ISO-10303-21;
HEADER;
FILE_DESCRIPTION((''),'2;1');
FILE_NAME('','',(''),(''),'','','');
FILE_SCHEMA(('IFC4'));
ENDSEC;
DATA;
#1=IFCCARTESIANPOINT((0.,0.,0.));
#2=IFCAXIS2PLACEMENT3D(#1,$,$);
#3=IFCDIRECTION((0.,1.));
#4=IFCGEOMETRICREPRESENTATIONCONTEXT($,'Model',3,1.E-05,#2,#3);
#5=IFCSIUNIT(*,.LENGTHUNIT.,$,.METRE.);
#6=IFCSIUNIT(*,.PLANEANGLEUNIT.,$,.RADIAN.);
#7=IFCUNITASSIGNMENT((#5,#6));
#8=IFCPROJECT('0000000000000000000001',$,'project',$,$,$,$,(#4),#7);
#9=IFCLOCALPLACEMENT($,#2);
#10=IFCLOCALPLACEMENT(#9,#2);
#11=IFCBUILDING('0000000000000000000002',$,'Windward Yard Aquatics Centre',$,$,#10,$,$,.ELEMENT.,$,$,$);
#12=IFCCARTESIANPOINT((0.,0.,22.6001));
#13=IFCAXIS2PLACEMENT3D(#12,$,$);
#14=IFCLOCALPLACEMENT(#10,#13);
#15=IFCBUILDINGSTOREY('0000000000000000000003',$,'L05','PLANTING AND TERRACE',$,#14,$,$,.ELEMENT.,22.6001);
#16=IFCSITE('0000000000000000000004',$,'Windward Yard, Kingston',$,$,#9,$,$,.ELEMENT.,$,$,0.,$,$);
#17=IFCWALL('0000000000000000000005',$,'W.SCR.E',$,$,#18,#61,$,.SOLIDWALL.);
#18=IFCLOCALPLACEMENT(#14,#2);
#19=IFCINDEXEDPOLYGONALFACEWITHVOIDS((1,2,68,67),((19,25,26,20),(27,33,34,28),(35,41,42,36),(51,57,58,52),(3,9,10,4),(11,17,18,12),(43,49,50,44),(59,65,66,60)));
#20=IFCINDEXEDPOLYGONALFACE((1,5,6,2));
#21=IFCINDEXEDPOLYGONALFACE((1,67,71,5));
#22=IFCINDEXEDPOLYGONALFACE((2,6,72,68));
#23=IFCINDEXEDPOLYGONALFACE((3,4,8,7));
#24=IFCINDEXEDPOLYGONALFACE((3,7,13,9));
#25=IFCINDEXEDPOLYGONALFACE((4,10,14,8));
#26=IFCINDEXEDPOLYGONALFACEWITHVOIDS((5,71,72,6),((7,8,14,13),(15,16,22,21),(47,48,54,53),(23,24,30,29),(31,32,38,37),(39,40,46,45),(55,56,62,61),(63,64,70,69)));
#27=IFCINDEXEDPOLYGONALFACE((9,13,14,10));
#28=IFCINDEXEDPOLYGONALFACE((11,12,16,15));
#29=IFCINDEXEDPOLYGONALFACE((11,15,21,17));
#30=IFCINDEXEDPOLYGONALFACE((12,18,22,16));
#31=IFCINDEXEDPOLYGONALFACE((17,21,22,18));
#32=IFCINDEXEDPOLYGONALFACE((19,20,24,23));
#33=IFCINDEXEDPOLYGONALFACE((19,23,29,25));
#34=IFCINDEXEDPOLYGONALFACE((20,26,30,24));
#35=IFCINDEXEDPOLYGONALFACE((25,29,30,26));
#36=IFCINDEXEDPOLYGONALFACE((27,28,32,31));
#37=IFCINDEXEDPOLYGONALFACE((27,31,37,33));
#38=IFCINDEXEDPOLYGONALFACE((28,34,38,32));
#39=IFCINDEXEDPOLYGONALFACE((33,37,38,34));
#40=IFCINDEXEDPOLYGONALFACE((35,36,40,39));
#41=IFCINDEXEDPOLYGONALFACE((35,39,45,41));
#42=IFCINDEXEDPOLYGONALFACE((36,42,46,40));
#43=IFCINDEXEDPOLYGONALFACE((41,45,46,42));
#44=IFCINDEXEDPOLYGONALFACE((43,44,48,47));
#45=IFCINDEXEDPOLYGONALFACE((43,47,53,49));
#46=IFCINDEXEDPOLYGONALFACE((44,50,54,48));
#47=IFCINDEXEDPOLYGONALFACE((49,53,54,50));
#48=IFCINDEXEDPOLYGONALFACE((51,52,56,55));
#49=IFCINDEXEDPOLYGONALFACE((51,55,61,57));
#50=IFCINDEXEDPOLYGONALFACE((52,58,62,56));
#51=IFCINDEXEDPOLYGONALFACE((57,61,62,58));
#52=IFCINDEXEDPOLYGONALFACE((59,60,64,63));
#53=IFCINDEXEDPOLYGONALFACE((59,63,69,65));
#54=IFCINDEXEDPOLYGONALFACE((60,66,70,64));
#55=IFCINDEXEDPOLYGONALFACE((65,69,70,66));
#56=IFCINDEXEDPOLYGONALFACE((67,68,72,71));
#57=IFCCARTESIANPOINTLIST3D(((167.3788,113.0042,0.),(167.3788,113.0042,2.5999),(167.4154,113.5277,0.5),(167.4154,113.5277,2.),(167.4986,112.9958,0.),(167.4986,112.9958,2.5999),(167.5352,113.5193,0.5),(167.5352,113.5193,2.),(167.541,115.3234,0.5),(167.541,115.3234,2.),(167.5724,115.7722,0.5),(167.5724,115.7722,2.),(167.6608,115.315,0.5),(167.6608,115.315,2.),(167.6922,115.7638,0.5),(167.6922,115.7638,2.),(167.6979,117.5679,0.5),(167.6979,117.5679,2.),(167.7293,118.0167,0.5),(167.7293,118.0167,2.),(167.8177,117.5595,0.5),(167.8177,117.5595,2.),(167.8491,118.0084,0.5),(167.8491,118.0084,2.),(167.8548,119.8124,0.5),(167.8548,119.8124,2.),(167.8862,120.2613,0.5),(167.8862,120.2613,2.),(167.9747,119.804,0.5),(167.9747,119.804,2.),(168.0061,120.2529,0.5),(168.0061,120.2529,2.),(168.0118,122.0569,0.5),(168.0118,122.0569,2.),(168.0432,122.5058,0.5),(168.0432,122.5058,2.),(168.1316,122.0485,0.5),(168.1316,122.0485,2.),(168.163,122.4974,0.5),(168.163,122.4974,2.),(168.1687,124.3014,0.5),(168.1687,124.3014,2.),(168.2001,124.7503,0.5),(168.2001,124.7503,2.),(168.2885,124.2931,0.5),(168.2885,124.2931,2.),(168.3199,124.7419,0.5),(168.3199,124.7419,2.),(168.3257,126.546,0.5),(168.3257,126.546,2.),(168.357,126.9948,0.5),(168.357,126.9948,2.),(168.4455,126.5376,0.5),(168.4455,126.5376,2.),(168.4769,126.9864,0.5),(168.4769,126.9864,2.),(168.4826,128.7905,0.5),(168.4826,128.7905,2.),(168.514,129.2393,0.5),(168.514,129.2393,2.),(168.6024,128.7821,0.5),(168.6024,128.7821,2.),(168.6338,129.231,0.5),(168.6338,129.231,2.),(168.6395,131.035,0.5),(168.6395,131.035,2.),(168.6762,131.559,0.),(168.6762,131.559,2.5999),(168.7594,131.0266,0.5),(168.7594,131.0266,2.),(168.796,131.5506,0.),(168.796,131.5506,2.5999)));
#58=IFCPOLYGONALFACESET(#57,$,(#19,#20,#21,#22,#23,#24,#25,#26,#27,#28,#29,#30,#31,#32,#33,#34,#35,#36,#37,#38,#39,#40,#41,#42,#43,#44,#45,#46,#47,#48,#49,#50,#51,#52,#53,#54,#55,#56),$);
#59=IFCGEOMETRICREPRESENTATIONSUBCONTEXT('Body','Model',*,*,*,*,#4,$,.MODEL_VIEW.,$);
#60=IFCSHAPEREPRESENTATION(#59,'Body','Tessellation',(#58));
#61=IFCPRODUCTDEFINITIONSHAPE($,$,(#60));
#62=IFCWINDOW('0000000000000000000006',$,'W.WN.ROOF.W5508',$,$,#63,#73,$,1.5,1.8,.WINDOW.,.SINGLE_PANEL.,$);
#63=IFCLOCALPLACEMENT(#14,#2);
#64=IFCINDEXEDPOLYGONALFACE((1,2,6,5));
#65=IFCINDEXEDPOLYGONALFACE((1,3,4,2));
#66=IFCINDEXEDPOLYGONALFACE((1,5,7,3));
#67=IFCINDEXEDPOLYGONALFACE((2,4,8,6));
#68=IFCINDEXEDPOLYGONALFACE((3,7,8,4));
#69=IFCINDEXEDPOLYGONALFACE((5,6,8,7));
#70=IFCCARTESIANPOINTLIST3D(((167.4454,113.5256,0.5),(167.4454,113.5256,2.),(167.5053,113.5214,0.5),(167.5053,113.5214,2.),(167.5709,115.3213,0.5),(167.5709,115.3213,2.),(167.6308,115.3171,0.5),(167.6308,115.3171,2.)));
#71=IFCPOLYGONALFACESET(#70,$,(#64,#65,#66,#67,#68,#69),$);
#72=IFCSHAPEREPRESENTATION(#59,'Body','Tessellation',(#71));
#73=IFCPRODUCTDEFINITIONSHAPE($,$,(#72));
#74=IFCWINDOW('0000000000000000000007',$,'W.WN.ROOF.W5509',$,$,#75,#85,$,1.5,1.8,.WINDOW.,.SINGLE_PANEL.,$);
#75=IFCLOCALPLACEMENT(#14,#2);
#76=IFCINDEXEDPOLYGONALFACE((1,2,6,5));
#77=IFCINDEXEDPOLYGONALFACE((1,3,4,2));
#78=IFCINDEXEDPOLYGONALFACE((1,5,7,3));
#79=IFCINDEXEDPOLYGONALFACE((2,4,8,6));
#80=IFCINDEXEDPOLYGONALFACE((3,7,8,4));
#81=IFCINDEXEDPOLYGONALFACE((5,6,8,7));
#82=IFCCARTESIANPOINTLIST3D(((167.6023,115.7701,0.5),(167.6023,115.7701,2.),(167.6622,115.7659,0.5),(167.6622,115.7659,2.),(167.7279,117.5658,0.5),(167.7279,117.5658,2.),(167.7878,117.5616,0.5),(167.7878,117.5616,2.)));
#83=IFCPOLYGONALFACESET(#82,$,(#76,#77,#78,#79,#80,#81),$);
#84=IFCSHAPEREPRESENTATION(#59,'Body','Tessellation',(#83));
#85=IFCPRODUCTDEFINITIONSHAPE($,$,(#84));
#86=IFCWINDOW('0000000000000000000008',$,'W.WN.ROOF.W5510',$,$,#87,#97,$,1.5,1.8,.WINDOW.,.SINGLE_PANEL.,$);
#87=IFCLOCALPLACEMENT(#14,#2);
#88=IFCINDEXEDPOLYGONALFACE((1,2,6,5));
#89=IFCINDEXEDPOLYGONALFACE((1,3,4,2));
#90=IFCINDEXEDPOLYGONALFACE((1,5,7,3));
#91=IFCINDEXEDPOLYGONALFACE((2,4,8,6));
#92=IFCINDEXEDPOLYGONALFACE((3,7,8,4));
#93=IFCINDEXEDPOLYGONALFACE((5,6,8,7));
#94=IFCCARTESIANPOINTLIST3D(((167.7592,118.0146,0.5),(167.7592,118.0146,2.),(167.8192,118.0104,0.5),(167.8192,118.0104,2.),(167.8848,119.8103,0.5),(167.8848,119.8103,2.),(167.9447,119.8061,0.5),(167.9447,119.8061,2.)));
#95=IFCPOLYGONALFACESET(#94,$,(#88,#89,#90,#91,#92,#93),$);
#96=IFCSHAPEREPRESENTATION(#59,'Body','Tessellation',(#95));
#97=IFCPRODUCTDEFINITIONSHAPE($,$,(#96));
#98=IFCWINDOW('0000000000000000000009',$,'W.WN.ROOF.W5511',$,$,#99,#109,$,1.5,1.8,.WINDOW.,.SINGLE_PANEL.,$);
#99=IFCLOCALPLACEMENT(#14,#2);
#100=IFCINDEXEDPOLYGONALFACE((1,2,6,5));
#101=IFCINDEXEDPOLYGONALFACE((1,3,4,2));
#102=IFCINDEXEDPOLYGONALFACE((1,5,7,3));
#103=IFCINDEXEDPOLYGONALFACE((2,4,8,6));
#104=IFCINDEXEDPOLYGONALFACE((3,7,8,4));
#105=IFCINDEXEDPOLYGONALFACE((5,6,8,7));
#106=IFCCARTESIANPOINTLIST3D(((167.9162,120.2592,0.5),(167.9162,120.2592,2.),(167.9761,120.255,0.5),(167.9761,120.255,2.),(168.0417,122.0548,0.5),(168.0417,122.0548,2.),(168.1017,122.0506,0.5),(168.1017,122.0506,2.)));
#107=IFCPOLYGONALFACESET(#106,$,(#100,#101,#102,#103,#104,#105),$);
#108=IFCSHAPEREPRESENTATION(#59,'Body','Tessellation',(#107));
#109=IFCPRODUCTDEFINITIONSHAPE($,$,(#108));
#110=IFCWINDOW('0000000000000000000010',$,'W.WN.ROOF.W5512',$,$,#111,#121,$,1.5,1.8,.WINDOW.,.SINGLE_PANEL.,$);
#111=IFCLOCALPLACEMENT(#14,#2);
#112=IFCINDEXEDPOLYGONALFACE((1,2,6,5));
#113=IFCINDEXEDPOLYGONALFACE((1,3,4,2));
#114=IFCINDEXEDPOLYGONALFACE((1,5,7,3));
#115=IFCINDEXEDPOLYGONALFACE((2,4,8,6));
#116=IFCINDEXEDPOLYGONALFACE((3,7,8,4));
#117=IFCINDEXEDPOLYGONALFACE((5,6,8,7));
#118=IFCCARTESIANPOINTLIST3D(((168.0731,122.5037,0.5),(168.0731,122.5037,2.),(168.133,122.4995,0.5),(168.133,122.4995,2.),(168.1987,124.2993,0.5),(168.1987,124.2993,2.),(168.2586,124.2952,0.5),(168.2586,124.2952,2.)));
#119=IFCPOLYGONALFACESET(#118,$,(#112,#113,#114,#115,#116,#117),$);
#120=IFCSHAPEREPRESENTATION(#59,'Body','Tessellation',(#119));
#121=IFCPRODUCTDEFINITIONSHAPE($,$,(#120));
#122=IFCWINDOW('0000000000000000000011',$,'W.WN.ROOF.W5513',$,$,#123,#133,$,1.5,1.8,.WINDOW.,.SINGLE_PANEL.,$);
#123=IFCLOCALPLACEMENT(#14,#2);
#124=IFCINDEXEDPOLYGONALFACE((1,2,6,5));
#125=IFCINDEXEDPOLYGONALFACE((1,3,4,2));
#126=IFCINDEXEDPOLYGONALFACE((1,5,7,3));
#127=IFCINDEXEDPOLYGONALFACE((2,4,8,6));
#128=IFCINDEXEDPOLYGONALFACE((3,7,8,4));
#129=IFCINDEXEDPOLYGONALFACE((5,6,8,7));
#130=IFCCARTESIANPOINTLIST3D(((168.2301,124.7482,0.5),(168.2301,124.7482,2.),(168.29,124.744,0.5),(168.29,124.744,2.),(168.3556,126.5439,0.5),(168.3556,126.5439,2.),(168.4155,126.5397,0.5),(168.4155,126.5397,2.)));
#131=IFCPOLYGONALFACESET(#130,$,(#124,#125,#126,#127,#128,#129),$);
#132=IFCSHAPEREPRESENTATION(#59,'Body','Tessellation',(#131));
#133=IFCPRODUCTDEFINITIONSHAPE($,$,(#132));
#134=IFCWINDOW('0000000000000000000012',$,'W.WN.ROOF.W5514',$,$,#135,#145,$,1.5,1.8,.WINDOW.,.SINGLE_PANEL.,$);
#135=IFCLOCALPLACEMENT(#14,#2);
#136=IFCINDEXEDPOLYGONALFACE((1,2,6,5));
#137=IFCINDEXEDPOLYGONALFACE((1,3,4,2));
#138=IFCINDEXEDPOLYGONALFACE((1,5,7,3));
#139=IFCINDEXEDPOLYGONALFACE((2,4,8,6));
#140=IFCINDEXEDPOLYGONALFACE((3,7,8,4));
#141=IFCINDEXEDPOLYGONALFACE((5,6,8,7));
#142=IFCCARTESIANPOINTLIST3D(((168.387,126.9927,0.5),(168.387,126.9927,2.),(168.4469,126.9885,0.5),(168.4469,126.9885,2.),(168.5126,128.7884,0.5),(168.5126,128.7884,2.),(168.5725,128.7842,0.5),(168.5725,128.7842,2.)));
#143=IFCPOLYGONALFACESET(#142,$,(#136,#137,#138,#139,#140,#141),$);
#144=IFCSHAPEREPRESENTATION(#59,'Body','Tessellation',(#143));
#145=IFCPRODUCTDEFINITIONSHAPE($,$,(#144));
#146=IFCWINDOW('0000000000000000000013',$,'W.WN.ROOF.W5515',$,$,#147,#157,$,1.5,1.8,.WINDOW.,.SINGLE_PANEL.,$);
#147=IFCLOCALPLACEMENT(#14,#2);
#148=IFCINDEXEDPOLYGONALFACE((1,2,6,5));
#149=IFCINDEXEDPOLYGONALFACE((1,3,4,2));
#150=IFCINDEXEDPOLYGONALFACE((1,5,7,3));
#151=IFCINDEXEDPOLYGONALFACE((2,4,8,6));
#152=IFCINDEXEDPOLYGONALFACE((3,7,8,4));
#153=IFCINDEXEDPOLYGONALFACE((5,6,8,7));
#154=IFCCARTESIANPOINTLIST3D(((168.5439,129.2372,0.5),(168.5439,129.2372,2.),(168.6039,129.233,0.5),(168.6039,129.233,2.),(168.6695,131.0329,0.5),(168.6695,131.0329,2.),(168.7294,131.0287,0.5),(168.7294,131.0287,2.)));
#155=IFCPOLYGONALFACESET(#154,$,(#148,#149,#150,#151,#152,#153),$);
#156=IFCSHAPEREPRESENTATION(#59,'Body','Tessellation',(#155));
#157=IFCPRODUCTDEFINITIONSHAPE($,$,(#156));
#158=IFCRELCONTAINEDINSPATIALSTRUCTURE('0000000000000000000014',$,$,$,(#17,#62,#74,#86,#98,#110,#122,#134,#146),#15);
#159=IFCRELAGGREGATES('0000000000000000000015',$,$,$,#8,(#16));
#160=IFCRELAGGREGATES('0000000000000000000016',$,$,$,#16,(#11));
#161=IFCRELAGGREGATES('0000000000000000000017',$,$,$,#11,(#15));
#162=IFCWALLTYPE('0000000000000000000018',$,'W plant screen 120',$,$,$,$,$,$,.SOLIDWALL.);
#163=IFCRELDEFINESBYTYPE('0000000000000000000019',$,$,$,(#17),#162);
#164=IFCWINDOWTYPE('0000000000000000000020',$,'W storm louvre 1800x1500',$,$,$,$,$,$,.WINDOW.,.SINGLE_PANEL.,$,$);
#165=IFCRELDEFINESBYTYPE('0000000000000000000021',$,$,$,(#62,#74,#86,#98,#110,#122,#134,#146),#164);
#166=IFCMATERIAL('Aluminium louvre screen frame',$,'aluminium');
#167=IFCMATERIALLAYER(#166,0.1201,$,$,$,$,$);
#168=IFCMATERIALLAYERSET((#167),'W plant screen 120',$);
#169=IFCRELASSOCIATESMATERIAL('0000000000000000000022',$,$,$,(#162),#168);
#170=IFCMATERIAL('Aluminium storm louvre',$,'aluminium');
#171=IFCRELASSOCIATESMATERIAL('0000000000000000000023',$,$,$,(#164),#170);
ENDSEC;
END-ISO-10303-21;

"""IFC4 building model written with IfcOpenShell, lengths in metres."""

from ifc_helpers import new_model, si_unit, direction, frame, frame_2d, origin, place, context, subcontext, project, spatial, rectangle, extrude, material, layer, layer_set, type_object, element, fill, save


model = new_model("IFC4")

# Units and contexts
model_context = context("Model", 3, precision=1e-05, world=origin(), true_north=direction((0.0, 1.0)))
body_context = subcontext(model_context, "Body", "Model", "MODEL_VIEW")
ifc_project = project(units=[si_unit("LENGTHUNIT", "METRE"), si_unit("PLANEANGLEUNIT", "RADIAN")], contexts=[model_context])

# Site, building, storey
site_placement = place(None, origin())
site = spatial("IfcSite", under=ifc_project, at=site_placement, Name="Windward Yard, Kingston", CompositionType="ELEMENT", RefElevation=0.0)
building_placement = place(site_placement, origin())
building = spatial("IfcBuilding", under=site, at=building_placement, Name="Windward Yard Aquatics Centre", CompositionType="ELEMENT")
storey_placement = place(building_placement, frame((0.0, 0.0, 22.6001)))
storey = spatial("IfcBuildingStorey", under=building, at=storey_placement, Name="L05", Description="PLANTING AND TERRACE", CompositionType="ELEMENT", Elevation=22.6001)

# Wall, openings, windows
ifc_material_1 = material(Name="Aluminium louvre screen frame", Category="aluminium")
ifc_layer_1 = layer(ifc_material_1, 0.1201)
ifc_layer_set_1 = layer_set([ifc_layer_1], Name="W plant screen 120")
wall_type_1 = type_object("IfcWallType", Name="W plant screen 120", PredefinedType="SOLIDWALL", material=ifc_layer_set_1)
wall_1_placement = place(storey_placement, frame((167.4387, 113.0, 0.0), z_axis=(0.0, 0.0, 1.0), x_axis=(0.069751, 0.997564, 0.0)))
wall_1 = element("IfcWall", 1, at=wall_1_placement, inside=storey, type_object=wall_type_1, Name="W.SCR.E", PredefinedType="SOLIDWALL", context=body_context, shape_type="SweptSolid", body=[
    extrude(rectangle(XDim=18.6001, YDim=0.1201, at=frame_2d((9.3, 0.0))), origin(), (0.0, 0.0, 1.0), 2.5999),
])
opening_1_placement = place(wall_1_placement, frame((0.5249, 0.0, 0.5)))
opening_1 = element("IfcOpeningElement", 2, at=opening_1_placement, cuts=wall_1, PredefinedType="OPENING", context=body_context, shape_type="SweptSolid", body=[
    extrude(rectangle(XDim=1.8, YDim=1.5, at=frame_2d((0.8999, 0.75))), frame((0.0, 0.0701, 0.0), z_axis=(0.0, -1.0, 0.0), x_axis=(1.0, 0.0, 0.0)), (0.0, 0.0, 1.0), 0.1401),
])
opening_2_placement = place(wall_1_placement, frame((2.7749, 0.0, 0.5)))
opening_2 = element("IfcOpeningElement", 3, at=opening_2_placement, cuts=wall_1, PredefinedType="OPENING", context=body_context, shape_type="SweptSolid", body=[
    extrude(rectangle(XDim=1.8, YDim=1.5, at=frame_2d((0.8999, 0.75))), frame((0.0, 0.0701, 0.0), z_axis=(0.0, -1.0, 0.0), x_axis=(1.0, 0.0, 0.0)), (0.0, 0.0, 1.0), 0.1401),
])
opening_3_placement = place(wall_1_placement, frame((5.0249, 0.0, 0.5)))
opening_3 = element("IfcOpeningElement", 4, at=opening_3_placement, cuts=wall_1, PredefinedType="OPENING", context=body_context, shape_type="SweptSolid", body=[
    extrude(rectangle(XDim=1.8, YDim=1.5, at=frame_2d((0.8999, 0.75))), frame((0.0, 0.0701, 0.0), z_axis=(0.0, -1.0, 0.0), x_axis=(1.0, 0.0, 0.0)), (0.0, 0.0, 1.0), 0.1401),
])
opening_4_placement = place(wall_1_placement, frame((7.2749, 0.0, 0.5)))
opening_4 = element("IfcOpeningElement", 5, at=opening_4_placement, cuts=wall_1, PredefinedType="OPENING", context=body_context, shape_type="SweptSolid", body=[
    extrude(rectangle(XDim=1.8, YDim=1.5, at=frame_2d((0.8999, 0.75))), frame((0.0, 0.0701, 0.0), z_axis=(0.0, -1.0, 0.0), x_axis=(1.0, 0.0, 0.0)), (0.0, 0.0, 1.0), 0.1401),
])
opening_5_placement = place(wall_1_placement, frame((9.5249, 0.0, 0.5)))
opening_5 = element("IfcOpeningElement", 6, at=opening_5_placement, cuts=wall_1, PredefinedType="OPENING", context=body_context, shape_type="SweptSolid", body=[
    extrude(rectangle(XDim=1.8, YDim=1.5, at=frame_2d((0.8999, 0.75))), frame((0.0, 0.0701, 0.0), z_axis=(0.0, -1.0, 0.0), x_axis=(1.0, 0.0, 0.0)), (0.0, 0.0, 1.0), 0.1401),
])
opening_6_placement = place(wall_1_placement, frame((11.7749, 0.0, 0.5)))
opening_6 = element("IfcOpeningElement", 7, at=opening_6_placement, cuts=wall_1, PredefinedType="OPENING", context=body_context, shape_type="SweptSolid", body=[
    extrude(rectangle(XDim=1.8, YDim=1.5, at=frame_2d((0.8999, 0.75))), frame((0.0, 0.0701, 0.0), z_axis=(0.0, -1.0, 0.0), x_axis=(1.0, 0.0, 0.0)), (0.0, 0.0, 1.0), 0.1401),
])
opening_7_placement = place(wall_1_placement, frame((14.0249, 0.0, 0.5)))
opening_7 = element("IfcOpeningElement", 8, at=opening_7_placement, cuts=wall_1, PredefinedType="OPENING", context=body_context, shape_type="SweptSolid", body=[
    extrude(rectangle(XDim=1.8, YDim=1.5, at=frame_2d((0.8999, 0.75))), frame((0.0, 0.0701, 0.0), z_axis=(0.0, -1.0, 0.0), x_axis=(1.0, 0.0, 0.0)), (0.0, 0.0, 1.0), 0.1401),
])
opening_8_placement = place(wall_1_placement, frame((16.2749, 0.0, 0.5)))
opening_8 = element("IfcOpeningElement", 9, at=opening_8_placement, cuts=wall_1, PredefinedType="OPENING", context=body_context, shape_type="SweptSolid", body=[
    extrude(rectangle(XDim=1.8, YDim=1.5, at=frame_2d((0.8999, 0.75))), frame((0.0, 0.0701, 0.0), z_axis=(0.0, -1.0, 0.0), x_axis=(1.0, 0.0, 0.0)), (0.0, 0.0, 1.0), 0.1401),
])
ifc_material_2 = material(Name="Aluminium storm louvre", Category="aluminium")
window_type = type_object("IfcWindowType", Name="W storm louvre 1800x1500", PartitioningType="SINGLE_PANEL", PredefinedType="WINDOW", material=ifc_material_2)
window_1_placement = place(opening_1_placement, origin())
window_1 = element("IfcWindow", 10, at=window_1_placement, inside=storey, type_object=window_type, Name="W.WN.ROOF.W5508", OverallHeight=1.5, OverallWidth=1.8, PartitioningType="SINGLE_PANEL", PredefinedType="WINDOW", context=body_context, shape_type="SweptSolid", body=[
    extrude(rectangle(XDim=1.8, YDim=1.5, at=frame_2d((0.8999, 0.75))), frame((0.0, 0.03, 0.0), z_axis=(0.0, -1.0, 0.0), x_axis=(1.0, 0.0, 0.0)), (0.0, 0.0, 1.0), 0.0601),
])
fill(opening_1, window_1)
window_2_placement = place(opening_2_placement, origin())
window_2 = element("IfcWindow", 11, at=window_2_placement, inside=storey, type_object=window_type, Name="W.WN.ROOF.W5509", OverallHeight=1.5, OverallWidth=1.8, PartitioningType="SINGLE_PANEL", PredefinedType="WINDOW", context=body_context, shape_type="SweptSolid", body=[
    extrude(rectangle(XDim=1.8, YDim=1.5, at=frame_2d((0.8999, 0.75))), frame((0.0, 0.03, 0.0), z_axis=(0.0, -1.0, 0.0), x_axis=(1.0, 0.0, 0.0)), (0.0, 0.0, 1.0), 0.0601),
])
fill(opening_2, window_2)
window_3_placement = place(opening_3_placement, origin())
window_3 = element("IfcWindow", 12, at=window_3_placement, inside=storey, type_object=window_type, Name="W.WN.ROOF.W5510", OverallHeight=1.5, OverallWidth=1.8, PartitioningType="SINGLE_PANEL", PredefinedType="WINDOW", context=body_context, shape_type="SweptSolid", body=[
    extrude(rectangle(XDim=1.8, YDim=1.5, at=frame_2d((0.8999, 0.75))), frame((0.0, 0.03, 0.0), z_axis=(0.0, -1.0, 0.0), x_axis=(1.0, 0.0, 0.0)), (0.0, 0.0, 1.0), 0.0601),
])
fill(opening_3, window_3)
window_4_placement = place(opening_4_placement, origin())
window_4 = element("IfcWindow", 13, at=window_4_placement, inside=storey, type_object=window_type, Name="W.WN.ROOF.W5511", OverallHeight=1.5, OverallWidth=1.8, PartitioningType="SINGLE_PANEL", PredefinedType="WINDOW", context=body_context, shape_type="SweptSolid", body=[
    extrude(rectangle(XDim=1.8, YDim=1.5, at=frame_2d((0.8999, 0.75))), frame((0.0, 0.03, 0.0), z_axis=(0.0, -1.0, 0.0), x_axis=(1.0, 0.0, 0.0)), (0.0, 0.0, 1.0), 0.0601),
])
fill(opening_4, window_4)
window_5_placement = place(opening_5_placement, origin())
window_5 = element("IfcWindow", 14, at=window_5_placement, inside=storey, type_object=window_type, Name="W.WN.ROOF.W5512", OverallHeight=1.5, OverallWidth=1.8, PartitioningType="SINGLE_PANEL", PredefinedType="WINDOW", context=body_context, shape_type="SweptSolid", body=[
    extrude(rectangle(XDim=1.8, YDim=1.5, at=frame_2d((0.8999, 0.75))), frame((0.0, 0.03, 0.0), z_axis=(0.0, -1.0, 0.0), x_axis=(1.0, 0.0, 0.0)), (0.0, 0.0, 1.0), 0.0601),
])
fill(opening_5, window_5)
window_6_placement = place(opening_6_placement, origin())
window_6 = element("IfcWindow", 15, at=window_6_placement, inside=storey, type_object=window_type, Name="W.WN.ROOF.W5513", OverallHeight=1.5, OverallWidth=1.8, PartitioningType="SINGLE_PANEL", PredefinedType="WINDOW", context=body_context, shape_type="SweptSolid", body=[
    extrude(rectangle(XDim=1.8, YDim=1.5, at=frame_2d((0.8999, 0.75))), frame((0.0, 0.03, 0.0), z_axis=(0.0, -1.0, 0.0), x_axis=(1.0, 0.0, 0.0)), (0.0, 0.0, 1.0), 0.0601),
])
fill(opening_6, window_6)
window_7_placement = place(opening_7_placement, origin())
window_7 = element("IfcWindow", 16, at=window_7_placement, inside=storey, type_object=window_type, Name="W.WN.ROOF.W5514", OverallHeight=1.5, OverallWidth=1.8, PartitioningType="SINGLE_PANEL", PredefinedType="WINDOW", context=body_context, shape_type="SweptSolid", body=[
    extrude(rectangle(XDim=1.8, YDim=1.5, at=frame_2d((0.8999, 0.75))), frame((0.0, 0.03, 0.0), z_axis=(0.0, -1.0, 0.0), x_axis=(1.0, 0.0, 0.0)), (0.0, 0.0, 1.0), 0.0601),
])
fill(opening_7, window_7)
window_8_placement = place(opening_8_placement, origin())
window_8 = element("IfcWindow", 17, at=window_8_placement, inside=storey, type_object=window_type, Name="W.WN.ROOF.W5515", OverallHeight=1.5, OverallWidth=1.8, PartitioningType="SINGLE_PANEL", PredefinedType="WINDOW", context=body_context, shape_type="SweptSolid", body=[
    extrude(rectangle(XDim=1.8, YDim=1.5, at=frame_2d((0.8999, 0.75))), frame((0.0, 0.03, 0.0), z_axis=(0.0, -1.0, 0.0), x_axis=(1.0, 0.0, 0.0)), (0.0, 0.0, 1.0), 0.0601),
])
fill(opening_8, window_8)

save(model, "model.ifc")
